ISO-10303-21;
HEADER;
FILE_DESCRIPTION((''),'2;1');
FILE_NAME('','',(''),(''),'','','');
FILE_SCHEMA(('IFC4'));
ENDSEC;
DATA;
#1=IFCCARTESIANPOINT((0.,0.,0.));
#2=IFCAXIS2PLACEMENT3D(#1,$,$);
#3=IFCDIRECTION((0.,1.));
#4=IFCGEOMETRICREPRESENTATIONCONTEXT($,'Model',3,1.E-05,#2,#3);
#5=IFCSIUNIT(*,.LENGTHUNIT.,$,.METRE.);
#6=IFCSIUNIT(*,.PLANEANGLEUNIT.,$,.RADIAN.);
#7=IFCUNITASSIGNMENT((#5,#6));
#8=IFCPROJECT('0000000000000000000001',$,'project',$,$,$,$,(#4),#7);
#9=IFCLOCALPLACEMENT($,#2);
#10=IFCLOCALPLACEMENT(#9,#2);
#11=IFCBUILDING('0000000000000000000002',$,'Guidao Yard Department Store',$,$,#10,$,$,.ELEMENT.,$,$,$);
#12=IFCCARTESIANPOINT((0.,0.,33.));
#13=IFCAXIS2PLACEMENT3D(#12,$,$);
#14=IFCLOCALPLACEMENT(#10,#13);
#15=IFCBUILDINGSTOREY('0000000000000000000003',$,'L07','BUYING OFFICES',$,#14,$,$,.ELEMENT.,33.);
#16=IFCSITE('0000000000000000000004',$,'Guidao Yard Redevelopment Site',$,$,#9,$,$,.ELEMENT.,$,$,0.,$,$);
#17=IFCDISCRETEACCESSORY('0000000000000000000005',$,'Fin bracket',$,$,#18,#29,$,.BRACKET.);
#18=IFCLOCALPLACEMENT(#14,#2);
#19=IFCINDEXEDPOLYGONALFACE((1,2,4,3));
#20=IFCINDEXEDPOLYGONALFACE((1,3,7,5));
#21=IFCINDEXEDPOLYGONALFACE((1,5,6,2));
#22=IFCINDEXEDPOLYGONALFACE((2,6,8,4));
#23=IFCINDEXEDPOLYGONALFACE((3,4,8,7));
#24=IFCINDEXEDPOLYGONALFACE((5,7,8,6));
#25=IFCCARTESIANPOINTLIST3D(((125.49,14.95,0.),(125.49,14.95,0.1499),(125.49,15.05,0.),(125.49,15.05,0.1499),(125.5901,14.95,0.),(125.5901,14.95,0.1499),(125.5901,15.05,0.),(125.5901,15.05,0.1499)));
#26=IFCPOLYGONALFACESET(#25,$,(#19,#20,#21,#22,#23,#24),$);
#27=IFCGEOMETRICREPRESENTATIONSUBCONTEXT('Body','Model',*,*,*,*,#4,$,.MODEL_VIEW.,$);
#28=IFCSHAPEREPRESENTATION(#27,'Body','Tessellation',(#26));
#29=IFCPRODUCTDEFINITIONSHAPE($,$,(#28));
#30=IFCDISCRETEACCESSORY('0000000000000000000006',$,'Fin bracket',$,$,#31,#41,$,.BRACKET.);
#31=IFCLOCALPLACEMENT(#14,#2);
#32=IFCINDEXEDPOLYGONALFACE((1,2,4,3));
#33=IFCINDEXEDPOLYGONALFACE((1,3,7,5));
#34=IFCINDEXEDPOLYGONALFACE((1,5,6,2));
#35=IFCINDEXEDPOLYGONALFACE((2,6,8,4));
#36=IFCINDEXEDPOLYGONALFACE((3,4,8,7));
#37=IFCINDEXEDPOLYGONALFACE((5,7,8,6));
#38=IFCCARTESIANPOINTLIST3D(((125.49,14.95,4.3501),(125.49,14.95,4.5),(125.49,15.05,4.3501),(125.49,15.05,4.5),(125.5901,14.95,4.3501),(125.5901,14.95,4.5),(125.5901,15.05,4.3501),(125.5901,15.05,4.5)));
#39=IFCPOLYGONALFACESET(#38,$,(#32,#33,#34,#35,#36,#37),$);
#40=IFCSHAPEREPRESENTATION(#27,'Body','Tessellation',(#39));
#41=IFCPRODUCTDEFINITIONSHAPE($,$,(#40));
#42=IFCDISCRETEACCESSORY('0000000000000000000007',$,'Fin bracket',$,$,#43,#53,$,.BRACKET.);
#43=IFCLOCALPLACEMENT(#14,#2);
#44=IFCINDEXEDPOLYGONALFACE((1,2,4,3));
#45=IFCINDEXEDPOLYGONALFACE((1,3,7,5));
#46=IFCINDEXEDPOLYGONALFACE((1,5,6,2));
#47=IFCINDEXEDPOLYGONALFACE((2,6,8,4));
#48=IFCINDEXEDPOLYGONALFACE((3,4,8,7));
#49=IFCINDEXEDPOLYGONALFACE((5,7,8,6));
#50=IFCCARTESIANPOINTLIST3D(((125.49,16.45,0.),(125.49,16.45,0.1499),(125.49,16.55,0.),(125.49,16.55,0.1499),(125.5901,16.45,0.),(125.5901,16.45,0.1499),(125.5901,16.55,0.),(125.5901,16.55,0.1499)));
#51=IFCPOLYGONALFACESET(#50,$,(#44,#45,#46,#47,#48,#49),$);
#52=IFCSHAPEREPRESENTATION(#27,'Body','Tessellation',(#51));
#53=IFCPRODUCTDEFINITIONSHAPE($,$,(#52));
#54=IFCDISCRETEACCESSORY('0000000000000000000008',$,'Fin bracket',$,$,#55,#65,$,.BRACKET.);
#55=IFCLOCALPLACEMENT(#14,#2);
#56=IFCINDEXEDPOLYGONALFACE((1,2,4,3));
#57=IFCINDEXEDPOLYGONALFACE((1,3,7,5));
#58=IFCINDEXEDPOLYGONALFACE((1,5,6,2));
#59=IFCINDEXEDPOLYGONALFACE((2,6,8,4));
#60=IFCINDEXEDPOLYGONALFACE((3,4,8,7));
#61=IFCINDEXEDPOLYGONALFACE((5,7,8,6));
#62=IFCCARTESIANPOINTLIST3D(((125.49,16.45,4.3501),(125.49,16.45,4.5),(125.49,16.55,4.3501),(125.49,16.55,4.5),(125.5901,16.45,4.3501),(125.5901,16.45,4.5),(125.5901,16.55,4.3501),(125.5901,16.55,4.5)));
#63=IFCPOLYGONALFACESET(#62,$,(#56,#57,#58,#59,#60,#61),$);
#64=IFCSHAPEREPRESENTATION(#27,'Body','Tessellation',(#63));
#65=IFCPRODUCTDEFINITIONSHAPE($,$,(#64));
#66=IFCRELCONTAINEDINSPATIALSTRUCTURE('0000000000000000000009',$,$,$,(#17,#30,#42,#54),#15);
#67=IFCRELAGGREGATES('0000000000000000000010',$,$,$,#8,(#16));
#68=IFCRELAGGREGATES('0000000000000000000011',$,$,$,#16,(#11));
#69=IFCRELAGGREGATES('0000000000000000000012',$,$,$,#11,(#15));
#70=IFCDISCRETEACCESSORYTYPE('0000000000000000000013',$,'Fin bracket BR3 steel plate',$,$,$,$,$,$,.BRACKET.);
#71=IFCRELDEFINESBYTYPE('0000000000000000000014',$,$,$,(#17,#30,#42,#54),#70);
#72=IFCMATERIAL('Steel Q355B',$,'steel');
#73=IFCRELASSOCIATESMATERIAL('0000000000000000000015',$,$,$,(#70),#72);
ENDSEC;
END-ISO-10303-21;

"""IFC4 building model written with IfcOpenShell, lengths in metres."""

from ifc_helpers import new_model, si_unit, direction, frame, origin, origin_2d, place, context, subcontext, project, spatial, rectangle, extrude, material, type_object, element, save


model = new_model("IFC4")

# Units and contexts
model_context = context("Model", 3, precision=1e-05, world=origin(), true_north=direction((0.0, 1.0)))
body_context = subcontext(model_context, "Body", "Model", "MODEL_VIEW")
ifc_project = project(units=[si_unit("LENGTHUNIT", "METRE"), si_unit("PLANEANGLEUNIT", "RADIAN")], contexts=[model_context])

# Site, building, storey
site_placement = place(None, origin())
site = spatial("IfcSite", under=ifc_project, at=site_placement, Name="Guidao Yard Redevelopment Site", CompositionType="ELEMENT", RefElevation=0.0)
building_placement = place(site_placement, origin())
building = spatial("IfcBuilding", under=site, at=building_placement, Name="Guidao Yard Department Store", CompositionType="ELEMENT")
storey_placement = place(building_placement, frame((0.0, 0.0, 33.0)))
storey = spatial("IfcBuildingStorey", under=building, at=storey_placement, Name="L07", Description="BUYING OFFICES", CompositionType="ELEMENT", Elevation=33.0)

# Discrete accessories
ifc_material_1 = material(Name="Steel Q355B", Category="steel")
discrete_accessory_type = type_object("IfcDiscreteAccessoryType", Name="Fin bracket BR3 steel plate", PredefinedType="BRACKET", material=ifc_material_1)
for number, where, z_axis, x_axis, name in (
    (1, (125.54, 15.0, 0.0), (0.0, 0.0, 1.0), (0.0, 1.0, 0.0), "Fin bracket"),
    (2, (125.54, 15.0, 4.3501), (0.0, 0.0, 1.0), (0.0, 1.0, 0.0), "Fin bracket"),
    (3, (125.54, 16.5, 0.0), (0.0, 0.0, 1.0), (0.0, 1.0, 0.0), "Fin bracket"),
    (4, (125.54, 16.5, 4.3501), (0.0, 0.0, 1.0), (0.0, 1.0, 0.0), "Fin bracket"),
):
    element("IfcDiscreteAccessory", number, at=place(storey_placement, frame(where, z_axis=z_axis, x_axis=x_axis)), inside=storey, type_object=discrete_accessory_type, Name=name, PredefinedType="BRACKET", context=body_context, shape_type="SweptSolid", body=[
        extrude(rectangle(XDim=0.1001, YDim=0.1001, at=origin_2d()), origin(), (0.0, 0.0, 1.0), 0.1499),
    ])

save(model, "model.ifc")
